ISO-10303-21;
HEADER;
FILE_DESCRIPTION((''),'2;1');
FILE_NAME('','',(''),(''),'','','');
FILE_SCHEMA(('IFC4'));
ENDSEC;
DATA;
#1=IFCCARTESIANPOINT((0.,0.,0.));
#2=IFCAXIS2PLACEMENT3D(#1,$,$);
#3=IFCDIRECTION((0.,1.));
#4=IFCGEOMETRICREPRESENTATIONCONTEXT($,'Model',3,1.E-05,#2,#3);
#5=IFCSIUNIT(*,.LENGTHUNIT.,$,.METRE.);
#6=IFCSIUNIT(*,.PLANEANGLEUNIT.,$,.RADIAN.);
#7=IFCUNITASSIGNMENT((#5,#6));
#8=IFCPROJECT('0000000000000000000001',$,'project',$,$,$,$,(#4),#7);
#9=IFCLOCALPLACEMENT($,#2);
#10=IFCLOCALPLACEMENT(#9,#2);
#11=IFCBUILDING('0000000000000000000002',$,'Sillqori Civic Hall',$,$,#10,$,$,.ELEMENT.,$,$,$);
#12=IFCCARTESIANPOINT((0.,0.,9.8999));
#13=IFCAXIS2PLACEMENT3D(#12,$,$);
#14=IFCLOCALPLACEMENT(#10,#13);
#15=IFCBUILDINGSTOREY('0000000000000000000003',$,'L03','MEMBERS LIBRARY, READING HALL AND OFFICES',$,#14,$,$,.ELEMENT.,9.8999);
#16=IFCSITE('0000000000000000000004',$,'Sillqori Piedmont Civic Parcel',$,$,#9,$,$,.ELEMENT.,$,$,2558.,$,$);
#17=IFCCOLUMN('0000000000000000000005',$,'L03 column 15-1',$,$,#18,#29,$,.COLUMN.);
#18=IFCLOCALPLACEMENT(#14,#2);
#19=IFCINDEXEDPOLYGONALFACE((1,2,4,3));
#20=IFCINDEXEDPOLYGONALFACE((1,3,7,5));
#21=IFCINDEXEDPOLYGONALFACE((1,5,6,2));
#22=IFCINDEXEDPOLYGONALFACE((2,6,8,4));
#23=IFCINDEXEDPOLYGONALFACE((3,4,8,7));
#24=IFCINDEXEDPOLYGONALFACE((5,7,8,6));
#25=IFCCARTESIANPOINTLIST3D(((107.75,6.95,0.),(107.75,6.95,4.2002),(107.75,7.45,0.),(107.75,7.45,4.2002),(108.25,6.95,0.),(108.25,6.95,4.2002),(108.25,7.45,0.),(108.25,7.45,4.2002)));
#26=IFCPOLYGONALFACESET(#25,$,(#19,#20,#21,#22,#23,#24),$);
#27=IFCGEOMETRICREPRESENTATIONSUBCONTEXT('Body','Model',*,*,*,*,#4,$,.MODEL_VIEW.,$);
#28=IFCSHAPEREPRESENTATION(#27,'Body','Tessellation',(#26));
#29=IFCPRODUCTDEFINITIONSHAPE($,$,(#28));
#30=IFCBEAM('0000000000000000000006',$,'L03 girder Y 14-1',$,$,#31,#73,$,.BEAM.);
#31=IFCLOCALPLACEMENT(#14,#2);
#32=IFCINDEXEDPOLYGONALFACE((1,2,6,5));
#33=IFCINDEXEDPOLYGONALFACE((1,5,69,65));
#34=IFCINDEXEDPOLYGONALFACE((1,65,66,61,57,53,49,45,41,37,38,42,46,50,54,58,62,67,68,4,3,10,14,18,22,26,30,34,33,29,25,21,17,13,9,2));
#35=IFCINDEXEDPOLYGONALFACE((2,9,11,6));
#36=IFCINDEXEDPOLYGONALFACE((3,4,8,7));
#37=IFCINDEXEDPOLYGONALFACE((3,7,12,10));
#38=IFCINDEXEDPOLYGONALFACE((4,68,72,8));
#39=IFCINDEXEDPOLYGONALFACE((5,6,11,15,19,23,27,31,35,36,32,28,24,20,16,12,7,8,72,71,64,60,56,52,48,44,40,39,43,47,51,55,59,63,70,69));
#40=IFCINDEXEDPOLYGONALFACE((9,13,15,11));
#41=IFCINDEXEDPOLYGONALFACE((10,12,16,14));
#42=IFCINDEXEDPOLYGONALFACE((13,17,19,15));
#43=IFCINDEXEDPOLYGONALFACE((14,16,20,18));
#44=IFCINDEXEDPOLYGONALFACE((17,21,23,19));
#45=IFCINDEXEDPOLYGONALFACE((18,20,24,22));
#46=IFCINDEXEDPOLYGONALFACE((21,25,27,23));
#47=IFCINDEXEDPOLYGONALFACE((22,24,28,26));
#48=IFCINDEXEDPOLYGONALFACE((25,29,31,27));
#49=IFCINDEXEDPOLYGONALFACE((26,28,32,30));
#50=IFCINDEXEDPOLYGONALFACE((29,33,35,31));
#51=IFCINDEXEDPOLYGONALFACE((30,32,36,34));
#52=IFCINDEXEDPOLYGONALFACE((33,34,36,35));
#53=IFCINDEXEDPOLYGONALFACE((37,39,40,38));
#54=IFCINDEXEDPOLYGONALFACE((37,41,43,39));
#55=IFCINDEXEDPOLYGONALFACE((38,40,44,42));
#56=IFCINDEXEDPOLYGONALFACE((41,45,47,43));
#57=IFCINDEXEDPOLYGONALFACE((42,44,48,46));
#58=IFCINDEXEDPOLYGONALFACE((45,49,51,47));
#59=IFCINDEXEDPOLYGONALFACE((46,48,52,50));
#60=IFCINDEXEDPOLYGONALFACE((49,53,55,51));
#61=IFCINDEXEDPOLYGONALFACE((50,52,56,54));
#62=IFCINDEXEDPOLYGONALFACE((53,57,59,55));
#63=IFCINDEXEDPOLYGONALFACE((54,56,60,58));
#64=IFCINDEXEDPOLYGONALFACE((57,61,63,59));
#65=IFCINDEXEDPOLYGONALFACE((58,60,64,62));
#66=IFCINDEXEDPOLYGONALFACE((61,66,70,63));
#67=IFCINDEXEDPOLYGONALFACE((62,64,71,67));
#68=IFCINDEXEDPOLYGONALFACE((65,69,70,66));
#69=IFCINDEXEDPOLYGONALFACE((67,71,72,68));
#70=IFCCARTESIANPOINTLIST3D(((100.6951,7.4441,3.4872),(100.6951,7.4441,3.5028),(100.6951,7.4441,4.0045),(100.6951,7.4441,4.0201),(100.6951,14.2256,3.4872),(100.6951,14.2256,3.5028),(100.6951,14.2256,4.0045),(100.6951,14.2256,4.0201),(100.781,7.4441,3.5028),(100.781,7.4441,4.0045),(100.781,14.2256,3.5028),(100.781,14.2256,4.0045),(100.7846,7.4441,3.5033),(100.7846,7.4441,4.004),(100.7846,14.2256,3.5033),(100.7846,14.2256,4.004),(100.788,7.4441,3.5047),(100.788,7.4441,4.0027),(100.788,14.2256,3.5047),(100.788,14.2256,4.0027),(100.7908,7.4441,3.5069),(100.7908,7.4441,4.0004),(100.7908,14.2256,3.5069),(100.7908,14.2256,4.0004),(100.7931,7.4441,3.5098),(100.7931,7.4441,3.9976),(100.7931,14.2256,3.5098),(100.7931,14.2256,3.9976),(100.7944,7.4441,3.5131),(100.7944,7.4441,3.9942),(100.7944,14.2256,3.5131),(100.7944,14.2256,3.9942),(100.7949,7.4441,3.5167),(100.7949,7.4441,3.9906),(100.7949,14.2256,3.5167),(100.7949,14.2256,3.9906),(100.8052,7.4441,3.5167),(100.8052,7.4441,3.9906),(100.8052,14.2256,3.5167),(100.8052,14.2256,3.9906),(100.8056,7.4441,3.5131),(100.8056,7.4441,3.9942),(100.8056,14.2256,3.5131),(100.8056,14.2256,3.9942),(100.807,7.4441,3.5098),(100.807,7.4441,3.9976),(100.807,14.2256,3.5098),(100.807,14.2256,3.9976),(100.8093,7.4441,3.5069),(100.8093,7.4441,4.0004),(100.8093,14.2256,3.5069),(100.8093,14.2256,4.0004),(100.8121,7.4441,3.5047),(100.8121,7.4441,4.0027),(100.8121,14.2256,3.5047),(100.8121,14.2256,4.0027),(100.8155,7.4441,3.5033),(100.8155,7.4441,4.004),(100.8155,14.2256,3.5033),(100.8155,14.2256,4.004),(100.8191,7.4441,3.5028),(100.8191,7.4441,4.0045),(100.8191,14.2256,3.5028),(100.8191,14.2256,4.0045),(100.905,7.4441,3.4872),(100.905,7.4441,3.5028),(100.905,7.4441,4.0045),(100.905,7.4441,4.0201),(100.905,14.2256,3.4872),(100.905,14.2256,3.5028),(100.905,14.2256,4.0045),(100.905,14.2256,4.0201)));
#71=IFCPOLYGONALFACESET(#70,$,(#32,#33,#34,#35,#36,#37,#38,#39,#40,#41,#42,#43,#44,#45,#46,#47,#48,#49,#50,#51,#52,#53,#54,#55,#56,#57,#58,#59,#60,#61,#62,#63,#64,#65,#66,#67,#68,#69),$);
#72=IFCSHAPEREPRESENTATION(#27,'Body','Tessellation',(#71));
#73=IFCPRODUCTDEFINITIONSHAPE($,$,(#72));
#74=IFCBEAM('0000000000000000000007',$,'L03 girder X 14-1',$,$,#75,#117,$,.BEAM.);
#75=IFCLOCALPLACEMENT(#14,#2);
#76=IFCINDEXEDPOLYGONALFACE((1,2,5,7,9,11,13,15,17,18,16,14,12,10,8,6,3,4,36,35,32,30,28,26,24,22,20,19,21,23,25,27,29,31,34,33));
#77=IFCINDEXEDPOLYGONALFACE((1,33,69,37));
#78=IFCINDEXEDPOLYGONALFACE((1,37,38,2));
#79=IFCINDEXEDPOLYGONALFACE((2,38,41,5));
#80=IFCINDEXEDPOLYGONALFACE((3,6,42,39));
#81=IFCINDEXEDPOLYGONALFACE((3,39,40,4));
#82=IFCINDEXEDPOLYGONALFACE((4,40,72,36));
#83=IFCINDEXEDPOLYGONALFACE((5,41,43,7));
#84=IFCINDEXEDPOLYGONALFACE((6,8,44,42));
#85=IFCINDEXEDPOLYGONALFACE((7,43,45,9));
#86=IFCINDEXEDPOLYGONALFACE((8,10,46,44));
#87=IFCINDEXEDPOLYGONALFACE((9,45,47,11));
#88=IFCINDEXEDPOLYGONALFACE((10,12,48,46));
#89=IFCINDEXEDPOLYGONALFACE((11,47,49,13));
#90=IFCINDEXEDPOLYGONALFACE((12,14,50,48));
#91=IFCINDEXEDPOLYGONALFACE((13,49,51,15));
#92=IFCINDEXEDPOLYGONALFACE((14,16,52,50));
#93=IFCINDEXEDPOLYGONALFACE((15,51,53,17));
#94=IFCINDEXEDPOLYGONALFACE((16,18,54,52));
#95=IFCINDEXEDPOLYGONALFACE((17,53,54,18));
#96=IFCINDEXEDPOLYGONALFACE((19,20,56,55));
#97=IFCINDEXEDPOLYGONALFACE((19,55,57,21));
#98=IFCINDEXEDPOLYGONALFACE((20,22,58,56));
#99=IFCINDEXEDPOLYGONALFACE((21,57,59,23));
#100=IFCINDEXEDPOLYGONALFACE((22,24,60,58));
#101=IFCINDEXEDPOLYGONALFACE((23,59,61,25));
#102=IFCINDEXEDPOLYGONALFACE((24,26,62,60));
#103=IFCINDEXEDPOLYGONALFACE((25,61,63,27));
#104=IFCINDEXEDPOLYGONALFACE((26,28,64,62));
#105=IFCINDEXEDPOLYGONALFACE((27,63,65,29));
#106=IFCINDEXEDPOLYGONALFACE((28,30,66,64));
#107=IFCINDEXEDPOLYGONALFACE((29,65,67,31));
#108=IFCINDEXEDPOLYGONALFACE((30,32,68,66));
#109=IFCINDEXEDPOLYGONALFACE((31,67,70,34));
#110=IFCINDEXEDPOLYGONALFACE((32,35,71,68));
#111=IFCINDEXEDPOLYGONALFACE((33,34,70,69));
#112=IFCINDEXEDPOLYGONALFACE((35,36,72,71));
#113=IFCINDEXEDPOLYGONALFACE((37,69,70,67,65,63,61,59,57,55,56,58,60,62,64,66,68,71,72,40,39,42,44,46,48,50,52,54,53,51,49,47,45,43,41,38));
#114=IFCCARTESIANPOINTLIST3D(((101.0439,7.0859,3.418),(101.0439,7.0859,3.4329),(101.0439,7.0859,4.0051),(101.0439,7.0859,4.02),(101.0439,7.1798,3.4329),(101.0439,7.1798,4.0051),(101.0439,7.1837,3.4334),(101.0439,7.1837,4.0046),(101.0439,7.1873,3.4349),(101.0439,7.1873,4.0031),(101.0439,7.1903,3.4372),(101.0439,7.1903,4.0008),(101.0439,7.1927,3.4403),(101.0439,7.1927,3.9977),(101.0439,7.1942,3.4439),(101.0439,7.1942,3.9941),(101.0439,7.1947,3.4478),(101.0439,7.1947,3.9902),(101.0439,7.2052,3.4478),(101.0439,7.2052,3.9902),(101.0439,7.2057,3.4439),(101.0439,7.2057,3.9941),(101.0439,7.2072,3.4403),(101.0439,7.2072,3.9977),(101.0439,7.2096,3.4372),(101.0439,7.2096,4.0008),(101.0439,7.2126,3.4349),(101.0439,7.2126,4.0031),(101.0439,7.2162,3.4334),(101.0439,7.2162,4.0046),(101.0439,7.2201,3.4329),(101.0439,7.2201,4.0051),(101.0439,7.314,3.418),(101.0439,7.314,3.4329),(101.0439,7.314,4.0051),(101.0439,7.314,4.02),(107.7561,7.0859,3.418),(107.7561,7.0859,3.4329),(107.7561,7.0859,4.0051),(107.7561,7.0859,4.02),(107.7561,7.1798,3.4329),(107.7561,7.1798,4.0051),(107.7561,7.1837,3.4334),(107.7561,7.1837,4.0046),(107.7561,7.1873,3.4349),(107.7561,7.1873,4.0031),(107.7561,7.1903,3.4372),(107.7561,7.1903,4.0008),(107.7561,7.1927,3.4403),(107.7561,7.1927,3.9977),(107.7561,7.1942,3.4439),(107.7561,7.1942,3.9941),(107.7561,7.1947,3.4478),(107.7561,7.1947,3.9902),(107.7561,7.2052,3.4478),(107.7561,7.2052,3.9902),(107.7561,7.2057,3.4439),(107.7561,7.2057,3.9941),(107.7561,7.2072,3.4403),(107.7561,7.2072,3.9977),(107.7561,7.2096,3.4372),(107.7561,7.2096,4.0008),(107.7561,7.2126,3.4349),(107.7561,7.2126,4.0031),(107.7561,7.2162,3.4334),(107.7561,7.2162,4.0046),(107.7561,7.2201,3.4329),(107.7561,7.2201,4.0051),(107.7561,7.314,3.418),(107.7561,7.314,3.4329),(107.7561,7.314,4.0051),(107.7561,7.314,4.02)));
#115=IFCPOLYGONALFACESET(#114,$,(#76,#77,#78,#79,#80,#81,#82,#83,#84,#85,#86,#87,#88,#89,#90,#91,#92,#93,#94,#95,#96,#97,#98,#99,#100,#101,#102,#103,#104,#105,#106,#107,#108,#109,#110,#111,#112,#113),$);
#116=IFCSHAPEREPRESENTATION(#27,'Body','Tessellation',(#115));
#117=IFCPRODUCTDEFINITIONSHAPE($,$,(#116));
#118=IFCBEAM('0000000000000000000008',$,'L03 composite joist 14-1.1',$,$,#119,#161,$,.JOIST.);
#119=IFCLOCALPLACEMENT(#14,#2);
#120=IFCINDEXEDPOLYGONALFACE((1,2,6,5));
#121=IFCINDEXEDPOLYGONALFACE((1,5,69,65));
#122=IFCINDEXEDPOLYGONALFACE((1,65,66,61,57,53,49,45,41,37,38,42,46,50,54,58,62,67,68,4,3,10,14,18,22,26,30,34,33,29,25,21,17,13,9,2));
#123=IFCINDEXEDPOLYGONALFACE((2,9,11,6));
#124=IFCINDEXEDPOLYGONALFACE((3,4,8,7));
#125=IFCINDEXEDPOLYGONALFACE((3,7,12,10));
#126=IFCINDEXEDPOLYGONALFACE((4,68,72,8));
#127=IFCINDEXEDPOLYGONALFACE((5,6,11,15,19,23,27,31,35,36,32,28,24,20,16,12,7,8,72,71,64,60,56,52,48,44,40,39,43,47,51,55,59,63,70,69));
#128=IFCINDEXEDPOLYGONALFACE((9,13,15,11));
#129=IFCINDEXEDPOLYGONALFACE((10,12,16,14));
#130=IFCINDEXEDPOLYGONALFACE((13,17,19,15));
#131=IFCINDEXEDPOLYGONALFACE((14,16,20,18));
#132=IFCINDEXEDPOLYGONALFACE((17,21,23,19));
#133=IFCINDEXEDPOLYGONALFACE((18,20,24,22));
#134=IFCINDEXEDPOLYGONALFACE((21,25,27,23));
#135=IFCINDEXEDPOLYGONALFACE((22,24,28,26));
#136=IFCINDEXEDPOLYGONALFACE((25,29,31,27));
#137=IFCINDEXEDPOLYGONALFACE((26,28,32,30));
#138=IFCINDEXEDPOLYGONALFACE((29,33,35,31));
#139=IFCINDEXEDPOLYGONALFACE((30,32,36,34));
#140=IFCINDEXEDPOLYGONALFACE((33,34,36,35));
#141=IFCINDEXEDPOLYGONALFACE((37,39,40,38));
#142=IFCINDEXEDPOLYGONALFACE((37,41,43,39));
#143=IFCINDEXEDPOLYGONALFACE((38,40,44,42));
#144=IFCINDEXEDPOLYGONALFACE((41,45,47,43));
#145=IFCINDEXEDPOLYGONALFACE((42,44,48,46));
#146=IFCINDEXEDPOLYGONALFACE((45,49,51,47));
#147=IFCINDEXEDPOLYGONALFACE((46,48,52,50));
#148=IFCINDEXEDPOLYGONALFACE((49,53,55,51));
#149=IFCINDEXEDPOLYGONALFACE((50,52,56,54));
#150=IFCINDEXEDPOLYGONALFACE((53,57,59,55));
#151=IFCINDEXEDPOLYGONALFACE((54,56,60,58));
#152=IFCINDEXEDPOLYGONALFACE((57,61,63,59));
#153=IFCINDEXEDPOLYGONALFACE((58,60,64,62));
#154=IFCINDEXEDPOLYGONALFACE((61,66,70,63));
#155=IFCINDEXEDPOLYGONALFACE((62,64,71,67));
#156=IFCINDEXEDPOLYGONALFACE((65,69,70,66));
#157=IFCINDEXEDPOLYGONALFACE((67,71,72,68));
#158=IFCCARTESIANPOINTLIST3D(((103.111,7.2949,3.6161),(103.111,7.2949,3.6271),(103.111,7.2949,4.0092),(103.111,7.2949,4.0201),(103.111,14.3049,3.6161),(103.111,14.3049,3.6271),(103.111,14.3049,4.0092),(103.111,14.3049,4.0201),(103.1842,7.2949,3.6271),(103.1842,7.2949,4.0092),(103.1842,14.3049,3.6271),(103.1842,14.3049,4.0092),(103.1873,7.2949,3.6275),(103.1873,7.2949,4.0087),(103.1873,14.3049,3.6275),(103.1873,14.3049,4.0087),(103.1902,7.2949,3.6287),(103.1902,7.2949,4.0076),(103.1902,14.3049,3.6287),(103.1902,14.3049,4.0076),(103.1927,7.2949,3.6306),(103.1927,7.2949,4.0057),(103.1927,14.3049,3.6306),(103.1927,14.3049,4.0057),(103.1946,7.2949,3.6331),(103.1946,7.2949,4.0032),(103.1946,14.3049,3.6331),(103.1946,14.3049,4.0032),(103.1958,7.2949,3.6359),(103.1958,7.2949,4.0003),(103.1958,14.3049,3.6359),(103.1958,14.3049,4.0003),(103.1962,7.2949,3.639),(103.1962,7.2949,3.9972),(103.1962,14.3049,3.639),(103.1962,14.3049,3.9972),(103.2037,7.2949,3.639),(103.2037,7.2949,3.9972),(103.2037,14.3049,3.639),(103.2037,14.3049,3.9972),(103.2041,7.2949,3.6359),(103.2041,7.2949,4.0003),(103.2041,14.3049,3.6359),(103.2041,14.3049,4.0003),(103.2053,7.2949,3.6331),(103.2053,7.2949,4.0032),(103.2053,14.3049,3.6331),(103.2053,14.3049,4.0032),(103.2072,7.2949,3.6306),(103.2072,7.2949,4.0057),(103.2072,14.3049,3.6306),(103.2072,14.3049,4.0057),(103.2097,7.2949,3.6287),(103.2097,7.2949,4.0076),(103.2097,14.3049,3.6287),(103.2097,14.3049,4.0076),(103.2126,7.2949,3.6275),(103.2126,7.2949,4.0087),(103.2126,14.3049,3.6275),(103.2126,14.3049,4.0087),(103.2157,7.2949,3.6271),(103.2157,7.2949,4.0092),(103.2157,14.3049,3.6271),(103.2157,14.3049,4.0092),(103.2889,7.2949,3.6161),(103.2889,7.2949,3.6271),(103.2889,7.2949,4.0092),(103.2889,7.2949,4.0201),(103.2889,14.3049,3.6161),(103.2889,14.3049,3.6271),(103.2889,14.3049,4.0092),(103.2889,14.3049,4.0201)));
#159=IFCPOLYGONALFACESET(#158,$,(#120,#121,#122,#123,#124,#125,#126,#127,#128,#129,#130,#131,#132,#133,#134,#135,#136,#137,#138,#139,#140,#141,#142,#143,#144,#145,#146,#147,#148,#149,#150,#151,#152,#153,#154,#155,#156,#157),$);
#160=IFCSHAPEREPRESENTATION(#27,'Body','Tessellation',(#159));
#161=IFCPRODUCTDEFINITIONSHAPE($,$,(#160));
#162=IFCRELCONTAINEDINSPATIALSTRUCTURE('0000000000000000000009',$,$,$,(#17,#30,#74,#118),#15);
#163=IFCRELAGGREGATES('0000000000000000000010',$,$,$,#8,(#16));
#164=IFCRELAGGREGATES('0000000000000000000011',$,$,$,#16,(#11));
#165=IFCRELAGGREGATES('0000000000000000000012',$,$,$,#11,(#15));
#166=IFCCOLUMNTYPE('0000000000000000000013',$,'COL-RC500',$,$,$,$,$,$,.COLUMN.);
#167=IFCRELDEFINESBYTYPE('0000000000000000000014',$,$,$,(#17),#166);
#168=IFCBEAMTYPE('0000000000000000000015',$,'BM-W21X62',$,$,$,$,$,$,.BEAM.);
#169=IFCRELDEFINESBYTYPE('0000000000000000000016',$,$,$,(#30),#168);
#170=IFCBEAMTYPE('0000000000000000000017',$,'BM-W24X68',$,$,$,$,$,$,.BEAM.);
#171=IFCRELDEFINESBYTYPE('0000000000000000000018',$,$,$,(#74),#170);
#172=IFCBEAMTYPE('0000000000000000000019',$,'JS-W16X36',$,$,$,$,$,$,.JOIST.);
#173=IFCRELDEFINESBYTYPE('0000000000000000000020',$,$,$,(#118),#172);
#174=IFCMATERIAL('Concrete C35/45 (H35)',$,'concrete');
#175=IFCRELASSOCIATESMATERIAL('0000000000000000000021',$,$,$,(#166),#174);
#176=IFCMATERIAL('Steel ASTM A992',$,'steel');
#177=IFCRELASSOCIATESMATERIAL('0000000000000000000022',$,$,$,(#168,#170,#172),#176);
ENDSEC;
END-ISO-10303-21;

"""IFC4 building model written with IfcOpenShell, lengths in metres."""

from ifc_helpers import new_model, si_unit, direction, frame, origin, origin_2d, place, context, subcontext, project, spatial, rectangle, i_section, extrude, material, material_profile, profile_set, type_object, element, save


model = new_model("IFC4")

# Units and contexts
model_context = context("Model", 3, precision=1e-05, world=origin(), true_north=direction((0.0, 1.0)))
body_context = subcontext(model_context, "Body", "Model", "MODEL_VIEW")
ifc_project = project(units=[si_unit("LENGTHUNIT", "METRE"), si_unit("PLANEANGLEUNIT", "RADIAN")], contexts=[model_context])

# Site, building, storey
site_placement = place(None, origin())
site = spatial("IfcSite", under=ifc_project, at=site_placement, Name="Sillqori Piedmont Civic Parcel", CompositionType="ELEMENT", RefElevation=2558.0)
building_placement = place(site_placement, origin())
building = spatial("IfcBuilding", under=site, at=building_placement, Name="Sillqori Civic Hall", CompositionType="ELEMENT")
storey_placement = place(building_placement, frame((0.0, 0.0, 9.8999)))
storey = spatial("IfcBuildingStorey", under=building, at=storey_placement, Name="L03", Description="MEMBERS LIBRARY, READING HALL AND OFFICES", CompositionType="ELEMENT", Elevation=9.8999)

# Column
ifc_material_1 = material(Name="Concrete C35/45 (H35)", Category="concrete")
ifc_material_profile_1 = material_profile(ifc_material_1, rectangle(XDim=0.5, YDim=0.5, at=origin_2d()), Name="RC 500x500")
ifc_profile_set_1 = profile_set([ifc_material_profile_1], Name="Concrete C35/45 (H35)")
column_type = type_object("IfcColumnType", Name="COL-RC500", PredefinedType="COLUMN", material=ifc_profile_set_1)
column_placement = place(storey_placement, frame((108.0, 7.2, 0.0), z_axis=(0.0, 0.0, 1.0), x_axis=(1.0, 0.0, 0.0)))
element("IfcColumn", 1, at=column_placement, inside=storey, type_object=column_type, Name="L03 column 15-1", PredefinedType="COLUMN", context=body_context, shape_type="SweptSolid", body=[
    extrude(rectangle(XDim=0.5, YDim=0.5, at=origin_2d()), origin(), (0.0, 0.0, 1.0), 4.2002),
])

# Beams
ifc_material_2 = material(Name="Steel ASTM A992", Category="steel")
ifc_material_profile_2 = material_profile(ifc_material_2, i_section(OverallWidth=0.21, OverallDepth=0.533, WebThickness=0.0103, FlangeThickness=0.0156, FilletRadius=0.0139, at=origin_2d()), Name="W21X62")
ifc_profile_set_2 = profile_set([ifc_material_profile_2], Name="Steel ASTM A992")
beam_type_1 = type_object("IfcBeamType", Name="BM-W21X62", PredefinedType="BEAM", material=ifc_profile_set_2)
beam_1_placement = place(storey_placement, frame((100.8, 7.4441, 3.7537), z_axis=(0.0, 1.0, 0.0), x_axis=(-1.0, 0.0, 0.0)))
element("IfcBeam", 2, at=beam_1_placement, inside=storey, type_object=beam_type_1, Name="L03 girder Y 14-1", PredefinedType="BEAM", context=body_context, shape_type="SweptSolid", body=[
    extrude(i_section(OverallWidth=0.21, OverallDepth=0.533, WebThickness=0.0103, FlangeThickness=0.0156, FilletRadius=0.0139, at=origin_2d()), origin(), (0.0, 0.0, 1.0), 6.7815),
])
ifc_material_profile_3 = material_profile(ifc_material_2, i_section(OverallWidth=0.228, OverallDepth=0.6021, WebThickness=0.0105, FlangeThickness=0.0149, FilletRadius=0.0149, at=origin_2d()), Name="W24X68")
ifc_profile_set_3 = profile_set([ifc_material_profile_3], Name="Steel ASTM A992")
beam_type_2 = type_object("IfcBeamType", Name="BM-W24X68", PredefinedType="BEAM", material=ifc_profile_set_3)
beam_2_placement = place(storey_placement, frame((101.0439, 7.2, 3.719), z_axis=(1.0, 0.0, 0.0), x_axis=(0.0, 1.0, 0.0)))
element("IfcBeam", 3, at=beam_2_placement, inside=storey, type_object=beam_type_2, Name="L03 girder X 14-1", PredefinedType="BEAM", context=body_context, shape_type="SweptSolid", body=[
    extrude(i_section(OverallWidth=0.228, OverallDepth=0.6021, WebThickness=0.0105, FlangeThickness=0.0149, FilletRadius=0.0149, at=origin_2d()), origin(), (0.0, 0.0, 1.0), 6.7122),
])
ifc_material_profile_4 = material_profile(ifc_material_2, i_section(OverallWidth=0.178, OverallDepth=0.4041, WebThickness=0.0076, FlangeThickness=0.011, FilletRadius=0.012, at=origin_2d()), Name="W16X36")
ifc_profile_set_4 = profile_set([ifc_material_profile_4], Name="Steel ASTM A992")
beam_type_3 = type_object("IfcBeamType", Name="JS-W16X36", PredefinedType="JOIST", material=ifc_profile_set_4)
for number, where, z_axis, x_axis, name in (
    (4, (103.2, 7.2949, 3.8181), (0.0, 1.0, 0.0), (-1.0, 0.0, 0.0), "L03 composite joist 14-1.1"),
):
    element("IfcBeam", number, at=place(storey_placement, frame(where, z_axis=z_axis, x_axis=x_axis)), inside=storey, type_object=beam_type_3, Name=name, PredefinedType="JOIST", context=body_context, shape_type="SweptSolid", body=[
        extrude(i_section(OverallWidth=0.178, OverallDepth=0.4041, WebThickness=0.0076, FlangeThickness=0.011, FilletRadius=0.012, at=origin_2d()), origin(), (0.0, 0.0, 1.0), 7.01),
    ])

save(model, "model.ifc")
